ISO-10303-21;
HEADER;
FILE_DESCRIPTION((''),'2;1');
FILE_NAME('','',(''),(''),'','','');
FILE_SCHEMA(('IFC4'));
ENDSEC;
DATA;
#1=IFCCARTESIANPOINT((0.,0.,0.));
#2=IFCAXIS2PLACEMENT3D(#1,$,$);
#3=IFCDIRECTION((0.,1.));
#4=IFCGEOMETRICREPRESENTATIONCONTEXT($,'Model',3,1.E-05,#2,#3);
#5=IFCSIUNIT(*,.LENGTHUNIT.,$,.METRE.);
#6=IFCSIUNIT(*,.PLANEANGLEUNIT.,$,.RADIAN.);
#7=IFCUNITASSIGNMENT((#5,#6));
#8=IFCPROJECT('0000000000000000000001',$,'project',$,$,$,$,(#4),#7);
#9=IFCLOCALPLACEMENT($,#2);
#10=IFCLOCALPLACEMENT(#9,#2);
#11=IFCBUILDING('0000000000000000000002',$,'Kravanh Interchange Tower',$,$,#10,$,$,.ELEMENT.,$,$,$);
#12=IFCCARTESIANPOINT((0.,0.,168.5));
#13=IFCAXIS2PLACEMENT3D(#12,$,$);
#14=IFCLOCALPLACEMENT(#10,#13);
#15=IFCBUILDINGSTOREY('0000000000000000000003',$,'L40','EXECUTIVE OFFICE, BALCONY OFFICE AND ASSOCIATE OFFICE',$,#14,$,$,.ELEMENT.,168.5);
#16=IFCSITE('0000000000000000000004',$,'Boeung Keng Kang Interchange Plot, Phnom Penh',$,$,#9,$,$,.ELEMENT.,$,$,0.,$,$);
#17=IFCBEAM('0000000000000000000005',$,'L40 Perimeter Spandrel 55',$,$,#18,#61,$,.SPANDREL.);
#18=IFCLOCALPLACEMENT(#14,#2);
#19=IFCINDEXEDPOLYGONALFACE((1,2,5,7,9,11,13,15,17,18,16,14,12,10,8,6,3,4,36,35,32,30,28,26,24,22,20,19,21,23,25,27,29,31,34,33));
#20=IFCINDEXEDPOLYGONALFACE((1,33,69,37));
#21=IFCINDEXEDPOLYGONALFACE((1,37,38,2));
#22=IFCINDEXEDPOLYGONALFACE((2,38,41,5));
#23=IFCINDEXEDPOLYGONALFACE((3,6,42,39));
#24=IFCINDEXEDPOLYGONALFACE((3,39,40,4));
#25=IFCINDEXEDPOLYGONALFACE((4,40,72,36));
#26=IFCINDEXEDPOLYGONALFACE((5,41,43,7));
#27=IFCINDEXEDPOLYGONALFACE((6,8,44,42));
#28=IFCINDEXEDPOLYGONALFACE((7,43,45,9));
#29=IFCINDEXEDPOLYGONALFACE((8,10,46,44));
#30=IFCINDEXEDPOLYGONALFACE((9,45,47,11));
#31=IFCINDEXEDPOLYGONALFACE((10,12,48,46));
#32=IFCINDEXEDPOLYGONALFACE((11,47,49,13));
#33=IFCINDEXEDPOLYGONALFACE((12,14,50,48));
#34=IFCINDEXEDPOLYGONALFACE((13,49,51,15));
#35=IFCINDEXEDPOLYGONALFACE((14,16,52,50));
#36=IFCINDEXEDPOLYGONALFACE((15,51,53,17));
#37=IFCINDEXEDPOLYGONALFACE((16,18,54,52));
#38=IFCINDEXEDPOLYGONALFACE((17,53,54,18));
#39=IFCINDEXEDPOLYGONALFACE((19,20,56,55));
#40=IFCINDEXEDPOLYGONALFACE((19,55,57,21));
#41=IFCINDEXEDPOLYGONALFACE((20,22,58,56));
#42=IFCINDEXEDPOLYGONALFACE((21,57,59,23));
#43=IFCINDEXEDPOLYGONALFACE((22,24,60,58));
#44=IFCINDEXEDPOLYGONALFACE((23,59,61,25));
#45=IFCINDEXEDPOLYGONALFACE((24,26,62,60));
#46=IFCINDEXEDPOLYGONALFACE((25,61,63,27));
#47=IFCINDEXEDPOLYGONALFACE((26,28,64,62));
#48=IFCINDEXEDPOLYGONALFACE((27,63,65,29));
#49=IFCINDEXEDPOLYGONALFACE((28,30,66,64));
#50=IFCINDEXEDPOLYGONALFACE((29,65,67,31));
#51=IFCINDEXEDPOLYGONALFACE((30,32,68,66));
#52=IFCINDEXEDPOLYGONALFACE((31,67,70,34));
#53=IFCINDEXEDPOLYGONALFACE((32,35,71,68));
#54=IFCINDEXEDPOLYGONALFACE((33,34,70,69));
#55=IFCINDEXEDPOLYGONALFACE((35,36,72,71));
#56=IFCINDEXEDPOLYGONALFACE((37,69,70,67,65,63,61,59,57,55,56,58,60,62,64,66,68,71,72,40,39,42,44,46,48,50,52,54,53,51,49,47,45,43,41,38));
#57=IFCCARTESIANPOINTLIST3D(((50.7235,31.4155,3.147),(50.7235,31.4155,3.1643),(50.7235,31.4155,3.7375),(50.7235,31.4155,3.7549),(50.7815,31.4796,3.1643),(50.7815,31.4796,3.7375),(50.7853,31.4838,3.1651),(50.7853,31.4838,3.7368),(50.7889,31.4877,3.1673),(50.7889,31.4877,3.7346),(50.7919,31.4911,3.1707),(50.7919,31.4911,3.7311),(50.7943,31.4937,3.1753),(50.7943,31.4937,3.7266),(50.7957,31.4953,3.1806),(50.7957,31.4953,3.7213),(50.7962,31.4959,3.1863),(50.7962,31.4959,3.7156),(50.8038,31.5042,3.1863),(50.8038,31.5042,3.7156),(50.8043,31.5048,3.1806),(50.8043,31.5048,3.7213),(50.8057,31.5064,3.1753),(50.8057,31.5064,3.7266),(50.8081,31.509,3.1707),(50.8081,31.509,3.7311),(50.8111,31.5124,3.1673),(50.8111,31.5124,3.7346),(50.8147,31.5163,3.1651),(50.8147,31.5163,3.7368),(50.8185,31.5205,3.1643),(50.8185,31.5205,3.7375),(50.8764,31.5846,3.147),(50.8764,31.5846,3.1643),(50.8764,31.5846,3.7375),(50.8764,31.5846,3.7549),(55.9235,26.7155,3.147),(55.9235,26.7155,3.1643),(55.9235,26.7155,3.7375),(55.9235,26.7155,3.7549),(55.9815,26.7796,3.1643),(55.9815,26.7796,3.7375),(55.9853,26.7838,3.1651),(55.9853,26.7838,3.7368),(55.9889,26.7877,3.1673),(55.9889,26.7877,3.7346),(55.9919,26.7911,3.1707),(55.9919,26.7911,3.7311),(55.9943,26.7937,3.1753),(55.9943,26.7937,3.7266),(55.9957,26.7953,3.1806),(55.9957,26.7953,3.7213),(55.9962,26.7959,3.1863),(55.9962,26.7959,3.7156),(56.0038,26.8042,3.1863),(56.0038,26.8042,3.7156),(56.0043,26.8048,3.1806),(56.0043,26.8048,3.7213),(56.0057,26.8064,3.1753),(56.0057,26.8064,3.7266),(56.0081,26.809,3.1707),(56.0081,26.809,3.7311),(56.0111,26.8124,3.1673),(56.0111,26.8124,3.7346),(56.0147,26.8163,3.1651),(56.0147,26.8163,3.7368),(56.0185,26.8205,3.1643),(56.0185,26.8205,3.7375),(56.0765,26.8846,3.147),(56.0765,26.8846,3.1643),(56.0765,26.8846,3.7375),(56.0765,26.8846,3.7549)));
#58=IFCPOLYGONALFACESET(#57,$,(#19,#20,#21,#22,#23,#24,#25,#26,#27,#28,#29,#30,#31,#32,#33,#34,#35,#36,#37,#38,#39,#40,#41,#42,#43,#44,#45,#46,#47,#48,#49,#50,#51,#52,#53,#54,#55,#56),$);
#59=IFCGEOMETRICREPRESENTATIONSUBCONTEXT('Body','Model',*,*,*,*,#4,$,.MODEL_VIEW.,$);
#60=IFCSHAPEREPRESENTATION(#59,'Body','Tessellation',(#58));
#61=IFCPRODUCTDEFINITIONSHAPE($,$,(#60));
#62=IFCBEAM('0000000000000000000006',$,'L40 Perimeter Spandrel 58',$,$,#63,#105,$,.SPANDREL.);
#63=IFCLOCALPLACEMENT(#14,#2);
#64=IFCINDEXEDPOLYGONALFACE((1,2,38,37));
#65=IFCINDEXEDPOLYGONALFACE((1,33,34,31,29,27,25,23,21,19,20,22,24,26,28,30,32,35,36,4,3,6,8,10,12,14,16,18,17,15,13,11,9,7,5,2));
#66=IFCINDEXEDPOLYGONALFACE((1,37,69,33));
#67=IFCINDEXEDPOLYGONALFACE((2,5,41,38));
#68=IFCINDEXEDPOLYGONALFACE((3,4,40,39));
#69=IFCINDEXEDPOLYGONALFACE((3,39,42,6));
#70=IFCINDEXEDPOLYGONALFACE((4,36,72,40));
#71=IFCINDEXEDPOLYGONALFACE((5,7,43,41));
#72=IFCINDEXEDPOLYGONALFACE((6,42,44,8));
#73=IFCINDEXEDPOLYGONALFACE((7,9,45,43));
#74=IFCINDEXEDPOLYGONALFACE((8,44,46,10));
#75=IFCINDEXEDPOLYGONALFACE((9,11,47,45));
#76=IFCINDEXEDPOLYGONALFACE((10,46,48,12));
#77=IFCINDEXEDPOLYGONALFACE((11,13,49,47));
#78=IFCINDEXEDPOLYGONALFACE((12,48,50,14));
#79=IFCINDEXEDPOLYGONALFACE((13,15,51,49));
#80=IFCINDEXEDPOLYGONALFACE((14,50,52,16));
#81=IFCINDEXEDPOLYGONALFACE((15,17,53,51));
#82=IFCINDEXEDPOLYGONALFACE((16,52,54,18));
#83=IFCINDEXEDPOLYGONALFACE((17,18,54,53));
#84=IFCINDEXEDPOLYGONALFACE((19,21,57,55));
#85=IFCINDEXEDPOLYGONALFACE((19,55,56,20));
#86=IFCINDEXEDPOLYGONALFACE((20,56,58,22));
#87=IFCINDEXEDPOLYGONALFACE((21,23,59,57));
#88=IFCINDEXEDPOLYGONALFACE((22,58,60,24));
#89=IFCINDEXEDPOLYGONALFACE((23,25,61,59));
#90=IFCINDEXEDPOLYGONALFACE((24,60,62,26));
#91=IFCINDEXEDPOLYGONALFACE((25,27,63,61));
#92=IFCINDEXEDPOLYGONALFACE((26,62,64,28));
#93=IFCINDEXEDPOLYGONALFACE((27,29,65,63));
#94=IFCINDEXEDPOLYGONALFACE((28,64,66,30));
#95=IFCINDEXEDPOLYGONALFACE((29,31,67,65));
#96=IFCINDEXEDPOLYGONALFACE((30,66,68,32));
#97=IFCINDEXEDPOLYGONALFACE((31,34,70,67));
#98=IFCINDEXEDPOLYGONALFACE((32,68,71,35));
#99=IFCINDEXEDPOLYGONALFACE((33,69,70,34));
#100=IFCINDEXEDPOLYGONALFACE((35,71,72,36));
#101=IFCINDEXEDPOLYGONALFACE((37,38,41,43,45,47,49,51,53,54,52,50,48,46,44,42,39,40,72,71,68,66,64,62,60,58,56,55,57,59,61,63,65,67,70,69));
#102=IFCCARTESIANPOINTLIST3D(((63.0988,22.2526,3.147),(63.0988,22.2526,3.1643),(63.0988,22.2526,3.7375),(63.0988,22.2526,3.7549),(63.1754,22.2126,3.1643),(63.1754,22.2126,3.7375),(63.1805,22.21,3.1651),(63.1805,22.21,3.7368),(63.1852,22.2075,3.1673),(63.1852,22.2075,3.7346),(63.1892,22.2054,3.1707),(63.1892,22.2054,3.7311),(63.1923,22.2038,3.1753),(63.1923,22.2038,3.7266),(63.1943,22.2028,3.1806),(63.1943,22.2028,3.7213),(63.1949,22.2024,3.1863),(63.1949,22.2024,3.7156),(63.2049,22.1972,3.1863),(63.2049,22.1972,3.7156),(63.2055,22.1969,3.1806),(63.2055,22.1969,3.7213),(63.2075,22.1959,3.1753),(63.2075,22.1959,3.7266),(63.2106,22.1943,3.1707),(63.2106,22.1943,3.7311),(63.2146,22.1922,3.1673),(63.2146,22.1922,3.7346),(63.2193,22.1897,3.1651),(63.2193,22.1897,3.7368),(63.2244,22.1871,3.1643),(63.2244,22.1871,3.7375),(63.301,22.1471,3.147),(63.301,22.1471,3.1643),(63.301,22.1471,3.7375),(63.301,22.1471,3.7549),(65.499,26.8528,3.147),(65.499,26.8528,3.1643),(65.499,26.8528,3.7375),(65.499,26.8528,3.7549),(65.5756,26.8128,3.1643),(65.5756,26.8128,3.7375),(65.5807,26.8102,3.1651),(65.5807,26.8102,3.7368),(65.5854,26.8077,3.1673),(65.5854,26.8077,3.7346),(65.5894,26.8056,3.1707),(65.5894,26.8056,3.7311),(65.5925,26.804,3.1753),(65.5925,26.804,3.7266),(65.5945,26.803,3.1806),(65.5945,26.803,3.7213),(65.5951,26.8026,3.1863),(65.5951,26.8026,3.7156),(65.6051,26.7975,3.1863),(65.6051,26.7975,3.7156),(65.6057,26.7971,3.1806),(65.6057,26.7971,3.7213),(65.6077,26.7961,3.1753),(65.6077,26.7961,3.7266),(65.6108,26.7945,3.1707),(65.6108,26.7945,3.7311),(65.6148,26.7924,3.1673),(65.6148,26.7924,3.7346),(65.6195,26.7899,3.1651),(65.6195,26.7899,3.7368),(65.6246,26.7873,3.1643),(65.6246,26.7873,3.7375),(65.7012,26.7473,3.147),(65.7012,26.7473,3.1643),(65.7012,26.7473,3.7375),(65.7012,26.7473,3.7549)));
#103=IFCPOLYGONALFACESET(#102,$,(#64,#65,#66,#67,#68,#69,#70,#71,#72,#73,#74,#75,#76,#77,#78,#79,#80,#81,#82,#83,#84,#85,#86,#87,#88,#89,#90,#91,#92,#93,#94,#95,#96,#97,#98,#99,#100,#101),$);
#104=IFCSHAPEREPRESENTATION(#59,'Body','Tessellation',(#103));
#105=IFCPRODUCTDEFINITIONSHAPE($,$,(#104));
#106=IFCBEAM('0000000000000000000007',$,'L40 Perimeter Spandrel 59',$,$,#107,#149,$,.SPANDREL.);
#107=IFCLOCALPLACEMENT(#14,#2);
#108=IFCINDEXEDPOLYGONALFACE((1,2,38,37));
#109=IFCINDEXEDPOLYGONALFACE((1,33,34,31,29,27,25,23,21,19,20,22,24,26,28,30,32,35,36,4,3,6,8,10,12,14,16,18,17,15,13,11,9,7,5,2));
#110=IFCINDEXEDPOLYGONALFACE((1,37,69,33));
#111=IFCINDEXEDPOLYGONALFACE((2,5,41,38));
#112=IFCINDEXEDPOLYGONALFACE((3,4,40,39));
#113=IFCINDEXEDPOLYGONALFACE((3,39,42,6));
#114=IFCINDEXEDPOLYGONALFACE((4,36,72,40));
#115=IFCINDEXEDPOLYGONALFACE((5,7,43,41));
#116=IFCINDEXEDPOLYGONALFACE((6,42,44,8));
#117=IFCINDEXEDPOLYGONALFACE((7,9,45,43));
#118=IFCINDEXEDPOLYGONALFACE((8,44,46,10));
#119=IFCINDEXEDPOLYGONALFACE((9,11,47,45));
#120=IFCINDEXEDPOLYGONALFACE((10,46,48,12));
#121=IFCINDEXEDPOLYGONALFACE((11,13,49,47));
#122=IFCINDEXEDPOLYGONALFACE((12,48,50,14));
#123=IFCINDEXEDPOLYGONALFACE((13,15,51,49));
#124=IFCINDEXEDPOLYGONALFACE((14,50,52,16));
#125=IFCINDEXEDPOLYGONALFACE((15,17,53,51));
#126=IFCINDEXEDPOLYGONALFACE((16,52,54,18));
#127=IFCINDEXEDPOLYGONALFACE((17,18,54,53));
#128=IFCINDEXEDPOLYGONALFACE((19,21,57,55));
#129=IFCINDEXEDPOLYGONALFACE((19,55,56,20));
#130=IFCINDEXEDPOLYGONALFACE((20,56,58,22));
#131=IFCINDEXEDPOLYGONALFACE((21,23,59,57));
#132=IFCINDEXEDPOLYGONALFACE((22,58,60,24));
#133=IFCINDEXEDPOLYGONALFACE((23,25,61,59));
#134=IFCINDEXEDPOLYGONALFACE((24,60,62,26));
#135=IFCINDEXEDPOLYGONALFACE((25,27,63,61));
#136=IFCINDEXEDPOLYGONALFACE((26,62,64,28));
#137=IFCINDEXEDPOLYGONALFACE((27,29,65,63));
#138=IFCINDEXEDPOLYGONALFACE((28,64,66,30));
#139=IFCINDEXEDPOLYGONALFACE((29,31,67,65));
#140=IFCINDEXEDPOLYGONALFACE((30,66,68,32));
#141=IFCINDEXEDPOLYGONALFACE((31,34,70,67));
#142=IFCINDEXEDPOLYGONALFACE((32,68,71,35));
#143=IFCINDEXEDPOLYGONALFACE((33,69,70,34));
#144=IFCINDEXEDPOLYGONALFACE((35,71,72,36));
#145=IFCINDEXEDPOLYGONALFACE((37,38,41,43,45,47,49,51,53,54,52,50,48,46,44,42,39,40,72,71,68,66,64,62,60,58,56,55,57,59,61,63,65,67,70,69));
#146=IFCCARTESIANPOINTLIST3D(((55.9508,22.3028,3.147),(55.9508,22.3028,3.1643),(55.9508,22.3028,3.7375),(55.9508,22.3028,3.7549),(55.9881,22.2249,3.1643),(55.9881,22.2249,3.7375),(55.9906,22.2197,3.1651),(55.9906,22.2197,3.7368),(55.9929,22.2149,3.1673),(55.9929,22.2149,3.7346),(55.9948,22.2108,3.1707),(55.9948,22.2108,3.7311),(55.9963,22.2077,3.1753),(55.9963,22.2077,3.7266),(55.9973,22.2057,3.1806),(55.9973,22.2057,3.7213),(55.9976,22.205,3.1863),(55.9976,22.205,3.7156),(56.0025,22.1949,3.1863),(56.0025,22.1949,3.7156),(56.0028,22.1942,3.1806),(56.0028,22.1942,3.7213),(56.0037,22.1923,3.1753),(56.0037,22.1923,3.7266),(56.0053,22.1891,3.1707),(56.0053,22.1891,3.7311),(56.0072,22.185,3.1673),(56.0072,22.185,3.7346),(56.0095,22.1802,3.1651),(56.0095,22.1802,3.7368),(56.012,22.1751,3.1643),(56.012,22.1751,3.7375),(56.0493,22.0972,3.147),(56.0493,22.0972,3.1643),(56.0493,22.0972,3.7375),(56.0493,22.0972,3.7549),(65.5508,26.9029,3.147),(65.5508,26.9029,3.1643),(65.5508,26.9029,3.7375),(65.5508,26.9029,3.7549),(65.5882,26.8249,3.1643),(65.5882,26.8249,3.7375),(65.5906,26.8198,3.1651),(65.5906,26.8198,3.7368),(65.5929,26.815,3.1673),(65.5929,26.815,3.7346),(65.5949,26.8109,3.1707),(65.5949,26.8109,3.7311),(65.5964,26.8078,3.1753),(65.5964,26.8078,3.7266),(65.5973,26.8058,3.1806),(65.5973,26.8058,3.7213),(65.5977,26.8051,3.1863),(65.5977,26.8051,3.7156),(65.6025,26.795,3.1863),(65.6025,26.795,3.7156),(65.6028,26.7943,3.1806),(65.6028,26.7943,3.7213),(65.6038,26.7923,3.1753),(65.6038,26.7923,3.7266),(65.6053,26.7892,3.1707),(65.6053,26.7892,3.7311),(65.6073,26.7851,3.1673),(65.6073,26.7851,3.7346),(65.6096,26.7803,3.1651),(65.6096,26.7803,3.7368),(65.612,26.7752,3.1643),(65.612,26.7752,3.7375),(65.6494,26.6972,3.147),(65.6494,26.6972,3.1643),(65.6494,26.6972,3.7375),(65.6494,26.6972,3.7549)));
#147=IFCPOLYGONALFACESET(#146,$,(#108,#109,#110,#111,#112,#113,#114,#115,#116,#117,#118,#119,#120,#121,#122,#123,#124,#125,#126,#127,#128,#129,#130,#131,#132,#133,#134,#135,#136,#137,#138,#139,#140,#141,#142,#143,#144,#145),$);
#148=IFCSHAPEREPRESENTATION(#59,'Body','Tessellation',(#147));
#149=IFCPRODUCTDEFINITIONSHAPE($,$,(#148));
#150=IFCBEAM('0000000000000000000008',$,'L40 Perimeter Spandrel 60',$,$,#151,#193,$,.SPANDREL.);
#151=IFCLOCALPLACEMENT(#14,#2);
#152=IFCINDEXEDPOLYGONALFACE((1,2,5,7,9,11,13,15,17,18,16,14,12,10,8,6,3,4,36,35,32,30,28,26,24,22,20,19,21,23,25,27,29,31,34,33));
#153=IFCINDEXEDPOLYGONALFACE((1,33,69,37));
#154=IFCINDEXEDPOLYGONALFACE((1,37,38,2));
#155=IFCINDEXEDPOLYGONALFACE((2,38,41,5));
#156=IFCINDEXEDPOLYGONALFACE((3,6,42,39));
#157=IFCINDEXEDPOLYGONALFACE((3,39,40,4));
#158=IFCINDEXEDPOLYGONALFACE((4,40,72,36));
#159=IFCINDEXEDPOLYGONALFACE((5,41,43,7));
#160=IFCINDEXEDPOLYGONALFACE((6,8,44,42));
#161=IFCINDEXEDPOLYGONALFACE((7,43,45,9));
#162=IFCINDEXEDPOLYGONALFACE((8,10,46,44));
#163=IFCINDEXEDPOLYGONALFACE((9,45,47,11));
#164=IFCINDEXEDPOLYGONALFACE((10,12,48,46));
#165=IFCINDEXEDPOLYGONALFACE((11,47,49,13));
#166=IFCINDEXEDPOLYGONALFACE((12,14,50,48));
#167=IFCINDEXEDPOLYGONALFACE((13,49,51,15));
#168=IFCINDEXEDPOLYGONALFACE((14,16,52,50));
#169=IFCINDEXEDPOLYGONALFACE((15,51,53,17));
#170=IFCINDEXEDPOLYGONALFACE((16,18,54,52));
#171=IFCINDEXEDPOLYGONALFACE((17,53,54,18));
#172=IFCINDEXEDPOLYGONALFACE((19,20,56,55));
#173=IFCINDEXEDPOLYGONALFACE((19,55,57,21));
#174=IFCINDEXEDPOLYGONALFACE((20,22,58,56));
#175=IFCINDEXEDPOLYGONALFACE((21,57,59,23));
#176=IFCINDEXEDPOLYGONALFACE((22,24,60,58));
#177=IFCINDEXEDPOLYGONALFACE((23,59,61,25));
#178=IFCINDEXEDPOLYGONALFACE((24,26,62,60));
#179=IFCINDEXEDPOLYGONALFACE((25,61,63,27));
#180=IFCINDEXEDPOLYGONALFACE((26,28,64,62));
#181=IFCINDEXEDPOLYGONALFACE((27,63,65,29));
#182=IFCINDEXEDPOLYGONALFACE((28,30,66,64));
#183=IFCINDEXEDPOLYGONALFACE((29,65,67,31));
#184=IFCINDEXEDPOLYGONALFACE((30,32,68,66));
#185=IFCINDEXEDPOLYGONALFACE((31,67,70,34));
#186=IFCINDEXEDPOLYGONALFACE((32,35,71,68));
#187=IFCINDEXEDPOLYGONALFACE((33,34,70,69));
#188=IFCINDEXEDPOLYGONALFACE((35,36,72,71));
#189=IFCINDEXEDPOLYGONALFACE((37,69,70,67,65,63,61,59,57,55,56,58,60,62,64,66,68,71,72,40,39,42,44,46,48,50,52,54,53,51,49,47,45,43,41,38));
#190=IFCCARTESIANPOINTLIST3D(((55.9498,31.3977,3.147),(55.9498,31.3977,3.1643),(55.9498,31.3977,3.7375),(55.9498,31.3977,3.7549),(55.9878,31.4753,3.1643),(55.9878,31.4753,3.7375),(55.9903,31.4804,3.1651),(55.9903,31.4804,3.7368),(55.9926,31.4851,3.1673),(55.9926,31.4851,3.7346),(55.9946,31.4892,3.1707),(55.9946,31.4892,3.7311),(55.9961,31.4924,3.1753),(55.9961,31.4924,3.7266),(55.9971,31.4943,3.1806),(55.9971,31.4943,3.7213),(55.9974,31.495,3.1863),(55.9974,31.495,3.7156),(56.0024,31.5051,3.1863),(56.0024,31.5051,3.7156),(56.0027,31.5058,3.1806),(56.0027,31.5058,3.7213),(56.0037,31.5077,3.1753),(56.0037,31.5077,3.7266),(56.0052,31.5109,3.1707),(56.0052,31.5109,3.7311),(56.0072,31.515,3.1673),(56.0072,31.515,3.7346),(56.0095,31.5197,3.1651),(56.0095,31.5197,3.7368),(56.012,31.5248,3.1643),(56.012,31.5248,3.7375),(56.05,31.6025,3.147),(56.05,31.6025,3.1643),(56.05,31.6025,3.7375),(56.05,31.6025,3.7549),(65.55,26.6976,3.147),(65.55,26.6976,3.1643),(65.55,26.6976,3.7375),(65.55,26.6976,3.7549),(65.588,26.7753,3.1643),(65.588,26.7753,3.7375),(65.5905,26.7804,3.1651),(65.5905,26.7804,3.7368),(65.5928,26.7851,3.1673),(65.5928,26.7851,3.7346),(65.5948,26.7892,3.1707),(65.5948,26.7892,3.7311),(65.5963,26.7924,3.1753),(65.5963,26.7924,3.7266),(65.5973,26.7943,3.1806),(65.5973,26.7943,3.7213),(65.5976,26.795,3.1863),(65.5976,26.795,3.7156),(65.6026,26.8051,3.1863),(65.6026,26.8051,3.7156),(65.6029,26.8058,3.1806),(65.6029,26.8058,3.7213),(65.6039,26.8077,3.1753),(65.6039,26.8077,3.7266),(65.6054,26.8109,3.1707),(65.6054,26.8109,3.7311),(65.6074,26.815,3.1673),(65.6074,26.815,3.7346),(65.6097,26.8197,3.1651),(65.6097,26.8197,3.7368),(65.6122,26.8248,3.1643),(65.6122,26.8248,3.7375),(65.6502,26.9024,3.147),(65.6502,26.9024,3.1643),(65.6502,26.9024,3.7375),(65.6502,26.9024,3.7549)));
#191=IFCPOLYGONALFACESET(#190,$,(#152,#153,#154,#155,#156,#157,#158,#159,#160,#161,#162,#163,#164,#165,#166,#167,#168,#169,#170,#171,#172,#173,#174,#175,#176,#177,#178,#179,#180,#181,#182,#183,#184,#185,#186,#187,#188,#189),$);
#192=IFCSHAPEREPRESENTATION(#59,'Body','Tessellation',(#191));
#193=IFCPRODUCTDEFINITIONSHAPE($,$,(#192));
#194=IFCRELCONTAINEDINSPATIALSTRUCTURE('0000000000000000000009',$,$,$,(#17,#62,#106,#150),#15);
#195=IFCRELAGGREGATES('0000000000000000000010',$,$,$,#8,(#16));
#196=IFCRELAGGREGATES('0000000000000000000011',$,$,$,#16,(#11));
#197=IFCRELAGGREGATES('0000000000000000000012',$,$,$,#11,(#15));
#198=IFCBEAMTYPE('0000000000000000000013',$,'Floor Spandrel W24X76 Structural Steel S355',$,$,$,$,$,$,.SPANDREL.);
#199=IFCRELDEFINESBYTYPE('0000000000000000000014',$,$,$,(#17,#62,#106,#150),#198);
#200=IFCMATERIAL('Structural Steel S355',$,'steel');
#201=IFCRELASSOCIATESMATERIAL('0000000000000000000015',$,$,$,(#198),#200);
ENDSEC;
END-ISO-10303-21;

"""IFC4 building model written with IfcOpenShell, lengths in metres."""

from ifc_helpers import new_model, si_unit, direction, frame, origin, origin_2d, place, context, subcontext, project, spatial, i_section, extrude, material, material_profile, profile_set, type_object, element, save


model = new_model("IFC4")

# Units and contexts
model_context = context("Model", 3, precision=1e-05, world=origin(), true_north=direction((0.0, 1.0)))
body_context = subcontext(model_context, "Body", "Model", "MODEL_VIEW")
ifc_project = project(units=[si_unit("LENGTHUNIT", "METRE"), si_unit("PLANEANGLEUNIT", "RADIAN")], contexts=[model_context])

# Site, building, storey
site_placement = place(None, origin())
site = spatial("IfcSite", under=ifc_project, at=site_placement, Name="Boeung Keng Kang Interchange Plot, Phnom Penh", CompositionType="ELEMENT", RefElevation=0.0)
building_placement = place(site_placement, origin())
building = spatial("IfcBuilding", under=site, at=building_placement, Name="Kravanh Interchange Tower", CompositionType="ELEMENT")
storey_placement = place(building_placement, frame((0.0, 0.0, 168.5)))
storey = spatial("IfcBuildingStorey", under=building, at=storey_placement, Name="L40", Description="EXECUTIVE OFFICE, BALCONY OFFICE AND ASSOCIATE OFFICE", CompositionType="ELEMENT", Elevation=168.5)

# Beams
ifc_material_1 = material(Name="Structural Steel S355", Category="steel")
ifc_material_profile_1 = material_profile(ifc_material_1, i_section(OverallWidth=0.228, OverallDepth=0.6079, WebThickness=0.0112, FlangeThickness=0.0173, FilletRadius=0.022, at=origin_2d()), Name="W24X76")
ifc_profile_set_1 = profile_set([ifc_material_profile_1], Name="Structural Steel S355")
beam_type_1 = type_object("IfcBeamType", Name="Floor Spandrel W24X76 Structural Steel S355", PredefinedType="SPANDREL", material=ifc_profile_set_1)
beam_1_placement = place(storey_placement, frame((56.0, 26.8, 3.4509), z_axis=(-0.741874, 0.670539, 0.0), x_axis=(-0.670539, -0.741874, 0.0)))
element("IfcBeam", 1, at=beam_1_placement, inside=storey, type_object=beam_type_1, Name="L40 Perimeter Spandrel 55", PredefinedType="SPANDREL", context=body_context, shape_type="SweptSolid", body=[
    extrude(i_section(OverallWidth=0.228, OverallDepth=0.6079, WebThickness=0.0112, FlangeThickness=0.0173, FilletRadius=0.022, at=origin_2d()), origin(), (0.0, 0.0, 1.0), 7.0093),
])
beam_2_placement = place(storey_placement, frame((65.6001, 26.8, 3.4509), z_axis=(-0.46258, -0.886577, 0.0), x_axis=(0.886577, -0.46258, 0.0)))
element("IfcBeam", 2, at=beam_2_placement, inside=storey, type_object=beam_type_1, Name="L40 Perimeter Spandrel 58", PredefinedType="SPANDREL", context=body_context, shape_type="SweptSolid", body=[
    extrude(i_section(OverallWidth=0.228, OverallDepth=0.6079, WebThickness=0.0112, FlangeThickness=0.0173, FilletRadius=0.022, at=origin_2d()), origin(), (0.0, 0.0, 1.0), 5.1887),
])
beam_3_placement = place(storey_placement, frame((65.6001, 26.8, 3.4509), z_axis=(-0.901814, -0.432124, 0.0), x_axis=(0.432124, -0.901814, 0.0)))
element("IfcBeam", 3, at=beam_3_placement, inside=storey, type_object=beam_type_1, Name="L40 Perimeter Spandrel 59", PredefinedType="SPANDREL", context=body_context, shape_type="SweptSolid", body=[
    extrude(i_section(OverallWidth=0.228, OverallDepth=0.6079, WebThickness=0.0112, FlangeThickness=0.0173, FilletRadius=0.022, at=origin_2d()), origin(), (0.0, 0.0, 1.0), 10.6453),
])
beam_4_placement = place(storey_placement, frame((65.6001, 26.8, 3.4509), z_axis=(-0.898142, 0.439706, 0.0), x_axis=(-0.439706, -0.898142, 0.0)))
element("IfcBeam", 4, at=beam_4_placement, inside=storey, type_object=beam_type_1, Name="L40 Perimeter Spandrel 60", PredefinedType="SPANDREL", context=body_context, shape_type="SweptSolid", body=[
    extrude(i_section(OverallWidth=0.228, OverallDepth=0.6079, WebThickness=0.0112, FlangeThickness=0.0173, FilletRadius=0.022, at=origin_2d()), origin(), (0.0, 0.0, 1.0), 10.689),
])

save(model, "model.ifc")
